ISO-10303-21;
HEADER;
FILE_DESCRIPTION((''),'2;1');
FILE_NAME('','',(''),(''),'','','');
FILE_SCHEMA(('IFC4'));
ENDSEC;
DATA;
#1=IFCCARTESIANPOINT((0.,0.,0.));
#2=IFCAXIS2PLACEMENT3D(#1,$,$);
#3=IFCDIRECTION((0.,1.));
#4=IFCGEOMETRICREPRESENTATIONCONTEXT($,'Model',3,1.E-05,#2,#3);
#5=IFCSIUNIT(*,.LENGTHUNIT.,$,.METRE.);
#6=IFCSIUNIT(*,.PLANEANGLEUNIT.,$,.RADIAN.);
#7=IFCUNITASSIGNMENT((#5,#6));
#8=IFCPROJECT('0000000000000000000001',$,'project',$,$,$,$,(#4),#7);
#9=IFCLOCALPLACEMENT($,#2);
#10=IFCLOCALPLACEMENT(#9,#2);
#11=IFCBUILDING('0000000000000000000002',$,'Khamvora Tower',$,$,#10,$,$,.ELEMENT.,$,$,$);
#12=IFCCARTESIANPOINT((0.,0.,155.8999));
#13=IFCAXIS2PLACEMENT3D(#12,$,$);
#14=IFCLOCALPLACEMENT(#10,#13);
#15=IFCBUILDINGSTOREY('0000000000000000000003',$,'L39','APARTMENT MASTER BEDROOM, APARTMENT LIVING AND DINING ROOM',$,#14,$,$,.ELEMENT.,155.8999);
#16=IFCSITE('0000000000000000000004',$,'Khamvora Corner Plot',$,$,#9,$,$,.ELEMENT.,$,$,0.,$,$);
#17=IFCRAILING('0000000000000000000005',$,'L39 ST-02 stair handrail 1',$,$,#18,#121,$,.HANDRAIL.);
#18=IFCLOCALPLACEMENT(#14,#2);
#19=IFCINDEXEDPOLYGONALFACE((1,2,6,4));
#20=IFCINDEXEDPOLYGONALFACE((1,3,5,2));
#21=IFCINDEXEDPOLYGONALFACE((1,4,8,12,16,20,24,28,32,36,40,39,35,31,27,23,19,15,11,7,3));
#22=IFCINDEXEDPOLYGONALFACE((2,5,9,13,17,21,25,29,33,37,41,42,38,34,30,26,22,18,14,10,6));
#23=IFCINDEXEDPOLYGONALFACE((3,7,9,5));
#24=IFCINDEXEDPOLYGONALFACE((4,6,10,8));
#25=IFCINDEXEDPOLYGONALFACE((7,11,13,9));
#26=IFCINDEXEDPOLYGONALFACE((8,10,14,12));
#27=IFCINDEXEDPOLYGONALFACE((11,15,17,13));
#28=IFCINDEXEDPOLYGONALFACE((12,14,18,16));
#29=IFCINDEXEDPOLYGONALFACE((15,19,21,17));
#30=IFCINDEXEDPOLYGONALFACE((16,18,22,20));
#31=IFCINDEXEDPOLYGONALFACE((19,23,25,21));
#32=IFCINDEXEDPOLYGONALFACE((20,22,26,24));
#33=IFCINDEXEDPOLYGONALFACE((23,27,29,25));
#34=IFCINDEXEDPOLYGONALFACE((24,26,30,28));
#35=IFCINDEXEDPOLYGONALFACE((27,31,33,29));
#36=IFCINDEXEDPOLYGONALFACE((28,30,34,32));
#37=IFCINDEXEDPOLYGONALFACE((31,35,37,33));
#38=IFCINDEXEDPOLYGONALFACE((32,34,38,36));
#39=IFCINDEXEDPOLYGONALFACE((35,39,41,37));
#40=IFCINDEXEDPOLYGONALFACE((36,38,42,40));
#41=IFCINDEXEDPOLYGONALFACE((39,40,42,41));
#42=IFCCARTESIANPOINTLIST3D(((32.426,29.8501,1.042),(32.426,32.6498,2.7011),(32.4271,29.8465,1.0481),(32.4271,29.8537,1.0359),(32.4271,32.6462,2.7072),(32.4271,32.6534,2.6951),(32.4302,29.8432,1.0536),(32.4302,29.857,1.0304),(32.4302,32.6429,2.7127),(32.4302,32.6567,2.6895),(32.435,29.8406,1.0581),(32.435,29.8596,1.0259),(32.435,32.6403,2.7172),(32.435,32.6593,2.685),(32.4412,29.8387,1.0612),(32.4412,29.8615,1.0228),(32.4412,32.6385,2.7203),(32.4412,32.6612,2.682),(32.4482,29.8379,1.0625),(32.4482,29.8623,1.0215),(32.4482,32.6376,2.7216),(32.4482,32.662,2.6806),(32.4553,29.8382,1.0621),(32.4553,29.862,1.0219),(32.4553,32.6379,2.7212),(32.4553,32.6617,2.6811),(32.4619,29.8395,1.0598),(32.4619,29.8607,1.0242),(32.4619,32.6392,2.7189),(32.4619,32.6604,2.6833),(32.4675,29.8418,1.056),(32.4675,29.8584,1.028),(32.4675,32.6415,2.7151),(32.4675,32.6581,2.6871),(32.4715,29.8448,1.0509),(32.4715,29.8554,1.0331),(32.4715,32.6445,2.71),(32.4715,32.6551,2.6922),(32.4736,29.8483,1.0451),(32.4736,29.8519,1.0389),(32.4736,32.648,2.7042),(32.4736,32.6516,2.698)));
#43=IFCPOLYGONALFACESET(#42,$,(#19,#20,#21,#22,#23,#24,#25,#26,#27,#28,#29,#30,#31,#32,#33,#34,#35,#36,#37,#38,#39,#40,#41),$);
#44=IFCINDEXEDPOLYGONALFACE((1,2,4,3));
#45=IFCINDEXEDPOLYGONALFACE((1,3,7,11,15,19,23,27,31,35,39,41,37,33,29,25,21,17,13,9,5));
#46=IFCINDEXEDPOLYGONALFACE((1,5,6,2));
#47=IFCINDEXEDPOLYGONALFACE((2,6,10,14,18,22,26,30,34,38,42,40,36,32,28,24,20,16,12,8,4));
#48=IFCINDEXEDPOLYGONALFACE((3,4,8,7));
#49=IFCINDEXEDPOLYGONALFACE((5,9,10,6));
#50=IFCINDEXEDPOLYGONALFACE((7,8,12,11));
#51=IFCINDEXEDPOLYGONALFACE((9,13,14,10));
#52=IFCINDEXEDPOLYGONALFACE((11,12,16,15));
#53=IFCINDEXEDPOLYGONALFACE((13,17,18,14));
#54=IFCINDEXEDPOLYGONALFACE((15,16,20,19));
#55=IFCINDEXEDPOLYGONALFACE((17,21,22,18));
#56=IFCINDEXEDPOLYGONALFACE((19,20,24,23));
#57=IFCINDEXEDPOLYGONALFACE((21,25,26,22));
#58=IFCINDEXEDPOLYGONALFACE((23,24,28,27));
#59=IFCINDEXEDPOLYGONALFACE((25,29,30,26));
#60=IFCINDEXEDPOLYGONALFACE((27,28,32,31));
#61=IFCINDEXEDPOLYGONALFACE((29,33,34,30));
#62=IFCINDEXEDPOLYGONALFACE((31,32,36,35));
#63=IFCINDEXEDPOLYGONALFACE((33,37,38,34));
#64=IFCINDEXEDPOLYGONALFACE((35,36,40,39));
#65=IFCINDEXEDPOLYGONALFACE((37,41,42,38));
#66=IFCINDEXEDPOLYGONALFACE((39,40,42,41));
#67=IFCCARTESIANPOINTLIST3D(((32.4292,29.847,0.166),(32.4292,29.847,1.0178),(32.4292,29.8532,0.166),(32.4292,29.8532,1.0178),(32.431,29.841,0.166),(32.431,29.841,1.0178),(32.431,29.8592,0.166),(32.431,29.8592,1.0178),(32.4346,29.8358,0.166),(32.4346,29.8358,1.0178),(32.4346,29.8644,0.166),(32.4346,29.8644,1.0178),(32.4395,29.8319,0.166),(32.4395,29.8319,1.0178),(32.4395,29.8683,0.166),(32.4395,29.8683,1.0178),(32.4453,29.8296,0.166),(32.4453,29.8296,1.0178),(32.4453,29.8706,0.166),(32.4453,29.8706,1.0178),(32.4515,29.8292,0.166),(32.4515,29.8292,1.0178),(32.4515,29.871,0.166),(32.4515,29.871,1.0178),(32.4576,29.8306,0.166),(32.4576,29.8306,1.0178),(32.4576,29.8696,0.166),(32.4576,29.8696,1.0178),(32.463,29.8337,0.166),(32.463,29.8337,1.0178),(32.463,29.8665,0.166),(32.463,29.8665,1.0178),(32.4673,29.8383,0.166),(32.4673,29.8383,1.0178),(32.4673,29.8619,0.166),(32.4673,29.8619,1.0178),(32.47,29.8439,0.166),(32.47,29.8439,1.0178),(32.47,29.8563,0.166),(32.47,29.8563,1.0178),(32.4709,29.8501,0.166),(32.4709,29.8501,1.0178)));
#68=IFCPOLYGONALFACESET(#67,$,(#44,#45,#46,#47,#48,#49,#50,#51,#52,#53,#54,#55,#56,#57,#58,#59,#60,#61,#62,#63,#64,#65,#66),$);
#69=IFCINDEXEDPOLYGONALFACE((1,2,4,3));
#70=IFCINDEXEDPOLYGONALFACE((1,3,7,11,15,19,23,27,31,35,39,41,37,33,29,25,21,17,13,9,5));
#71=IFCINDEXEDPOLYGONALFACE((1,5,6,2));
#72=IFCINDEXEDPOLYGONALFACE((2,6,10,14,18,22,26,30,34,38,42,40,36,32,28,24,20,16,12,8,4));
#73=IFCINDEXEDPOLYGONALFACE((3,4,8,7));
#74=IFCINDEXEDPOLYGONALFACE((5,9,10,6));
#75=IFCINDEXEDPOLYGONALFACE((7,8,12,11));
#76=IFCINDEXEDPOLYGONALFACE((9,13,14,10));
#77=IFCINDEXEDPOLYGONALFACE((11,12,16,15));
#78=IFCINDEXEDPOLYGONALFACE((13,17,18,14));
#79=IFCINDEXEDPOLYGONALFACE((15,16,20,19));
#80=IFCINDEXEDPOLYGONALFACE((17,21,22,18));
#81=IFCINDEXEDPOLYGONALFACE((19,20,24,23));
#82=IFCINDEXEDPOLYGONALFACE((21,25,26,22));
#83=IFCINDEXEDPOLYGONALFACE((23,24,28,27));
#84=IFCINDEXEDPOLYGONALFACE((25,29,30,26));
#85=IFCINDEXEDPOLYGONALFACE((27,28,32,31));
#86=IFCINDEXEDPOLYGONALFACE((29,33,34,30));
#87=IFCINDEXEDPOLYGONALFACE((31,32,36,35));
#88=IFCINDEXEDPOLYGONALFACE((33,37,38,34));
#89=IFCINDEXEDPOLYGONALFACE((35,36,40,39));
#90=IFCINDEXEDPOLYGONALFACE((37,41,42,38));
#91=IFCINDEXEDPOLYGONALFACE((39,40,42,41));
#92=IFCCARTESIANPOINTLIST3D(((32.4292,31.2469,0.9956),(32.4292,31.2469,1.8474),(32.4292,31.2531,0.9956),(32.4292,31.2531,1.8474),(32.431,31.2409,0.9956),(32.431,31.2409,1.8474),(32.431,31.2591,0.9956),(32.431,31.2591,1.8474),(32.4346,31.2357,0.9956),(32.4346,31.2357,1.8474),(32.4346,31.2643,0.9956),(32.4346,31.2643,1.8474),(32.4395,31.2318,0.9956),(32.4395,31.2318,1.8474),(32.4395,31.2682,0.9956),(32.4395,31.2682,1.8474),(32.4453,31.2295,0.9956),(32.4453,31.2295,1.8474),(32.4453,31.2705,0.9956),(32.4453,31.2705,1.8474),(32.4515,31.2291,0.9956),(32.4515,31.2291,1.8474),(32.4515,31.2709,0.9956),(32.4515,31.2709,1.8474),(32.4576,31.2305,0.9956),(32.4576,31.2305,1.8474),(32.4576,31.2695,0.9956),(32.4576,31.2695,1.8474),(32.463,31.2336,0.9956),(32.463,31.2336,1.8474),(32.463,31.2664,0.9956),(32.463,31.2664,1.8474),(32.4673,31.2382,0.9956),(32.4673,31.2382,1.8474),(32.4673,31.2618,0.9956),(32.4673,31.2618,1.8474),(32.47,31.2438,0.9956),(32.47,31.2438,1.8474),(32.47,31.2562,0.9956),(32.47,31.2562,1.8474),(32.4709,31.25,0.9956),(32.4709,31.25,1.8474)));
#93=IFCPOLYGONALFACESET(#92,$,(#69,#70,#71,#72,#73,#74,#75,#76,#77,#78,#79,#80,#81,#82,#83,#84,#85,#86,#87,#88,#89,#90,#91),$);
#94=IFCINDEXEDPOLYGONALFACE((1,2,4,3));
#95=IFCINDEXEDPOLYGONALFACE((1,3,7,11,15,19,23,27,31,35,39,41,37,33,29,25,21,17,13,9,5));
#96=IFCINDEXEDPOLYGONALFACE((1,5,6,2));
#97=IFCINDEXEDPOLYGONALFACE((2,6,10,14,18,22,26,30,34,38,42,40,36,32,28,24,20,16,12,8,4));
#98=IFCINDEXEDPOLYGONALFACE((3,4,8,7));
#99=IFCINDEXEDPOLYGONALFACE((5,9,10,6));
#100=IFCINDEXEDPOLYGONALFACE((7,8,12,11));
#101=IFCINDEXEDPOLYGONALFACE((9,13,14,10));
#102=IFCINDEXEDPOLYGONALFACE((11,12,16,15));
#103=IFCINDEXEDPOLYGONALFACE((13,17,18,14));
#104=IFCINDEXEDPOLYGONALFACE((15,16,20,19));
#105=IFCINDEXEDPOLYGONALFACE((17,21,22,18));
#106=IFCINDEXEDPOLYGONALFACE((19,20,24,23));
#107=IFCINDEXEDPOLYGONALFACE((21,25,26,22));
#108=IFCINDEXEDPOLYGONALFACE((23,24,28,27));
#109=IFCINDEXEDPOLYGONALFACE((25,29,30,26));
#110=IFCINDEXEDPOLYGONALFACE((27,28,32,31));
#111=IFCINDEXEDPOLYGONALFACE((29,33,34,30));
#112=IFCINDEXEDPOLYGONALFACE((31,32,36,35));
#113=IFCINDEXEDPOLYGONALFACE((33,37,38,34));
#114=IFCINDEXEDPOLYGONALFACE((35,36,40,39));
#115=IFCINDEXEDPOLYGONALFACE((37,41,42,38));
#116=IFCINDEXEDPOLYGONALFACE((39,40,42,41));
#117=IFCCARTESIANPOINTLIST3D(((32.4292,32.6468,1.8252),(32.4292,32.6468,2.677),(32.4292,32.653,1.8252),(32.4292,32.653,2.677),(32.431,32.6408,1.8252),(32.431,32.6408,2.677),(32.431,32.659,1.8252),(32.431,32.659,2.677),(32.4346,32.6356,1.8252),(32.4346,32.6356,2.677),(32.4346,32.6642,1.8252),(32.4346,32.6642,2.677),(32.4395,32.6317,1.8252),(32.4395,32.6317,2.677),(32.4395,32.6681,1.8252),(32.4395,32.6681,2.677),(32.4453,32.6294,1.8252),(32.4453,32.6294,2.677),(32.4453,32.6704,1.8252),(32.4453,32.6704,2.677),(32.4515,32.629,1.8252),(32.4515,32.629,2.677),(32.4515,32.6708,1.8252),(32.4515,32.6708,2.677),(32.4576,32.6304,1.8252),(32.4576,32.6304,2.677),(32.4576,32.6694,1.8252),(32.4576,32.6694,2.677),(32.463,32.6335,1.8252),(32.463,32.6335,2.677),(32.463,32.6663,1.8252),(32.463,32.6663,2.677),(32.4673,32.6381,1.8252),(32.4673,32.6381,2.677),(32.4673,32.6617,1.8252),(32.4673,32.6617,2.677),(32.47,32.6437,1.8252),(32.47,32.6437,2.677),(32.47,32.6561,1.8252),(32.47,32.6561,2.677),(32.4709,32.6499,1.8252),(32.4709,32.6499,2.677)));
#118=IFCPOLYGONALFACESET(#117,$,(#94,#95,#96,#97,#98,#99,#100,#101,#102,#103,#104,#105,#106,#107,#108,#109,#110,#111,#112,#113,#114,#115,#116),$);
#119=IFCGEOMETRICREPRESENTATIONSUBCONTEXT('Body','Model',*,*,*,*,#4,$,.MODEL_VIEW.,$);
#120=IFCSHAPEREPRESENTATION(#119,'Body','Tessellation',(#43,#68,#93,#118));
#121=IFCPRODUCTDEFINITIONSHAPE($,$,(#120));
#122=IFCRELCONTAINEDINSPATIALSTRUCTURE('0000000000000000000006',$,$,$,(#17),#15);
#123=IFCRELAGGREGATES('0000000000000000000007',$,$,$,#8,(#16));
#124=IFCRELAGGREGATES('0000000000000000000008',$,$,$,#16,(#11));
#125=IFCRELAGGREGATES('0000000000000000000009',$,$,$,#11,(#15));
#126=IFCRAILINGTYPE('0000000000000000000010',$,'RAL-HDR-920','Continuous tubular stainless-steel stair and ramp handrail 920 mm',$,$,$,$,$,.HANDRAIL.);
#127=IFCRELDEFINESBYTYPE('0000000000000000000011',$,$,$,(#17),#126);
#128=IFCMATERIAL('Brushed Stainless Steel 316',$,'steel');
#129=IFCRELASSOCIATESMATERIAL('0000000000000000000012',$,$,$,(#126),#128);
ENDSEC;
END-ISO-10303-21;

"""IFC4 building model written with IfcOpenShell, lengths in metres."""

from ifc_helpers import new_model, si_unit, direction, frame, origin, origin_2d, place, context, subcontext, project, spatial, circle, extrude, material, type_object, element, save


model = new_model("IFC4")

# Units and contexts
model_context = context("Model", 3, precision=1e-05, world=origin(), true_north=direction((0.0, 1.0)))
body_context = subcontext(model_context, "Body", "Model", "MODEL_VIEW")
ifc_project = project(units=[si_unit("LENGTHUNIT", "METRE"), si_unit("PLANEANGLEUNIT", "RADIAN")], contexts=[model_context])

# Site, building, storey
site_placement = place(None, origin())
site = spatial("IfcSite", under=ifc_project, at=site_placement, Name="Khamvora Corner Plot", CompositionType="ELEMENT", RefElevation=0.0)
building_placement = place(site_placement, origin())
building = spatial("IfcBuilding", under=site, at=building_placement, Name="Khamvora Tower", CompositionType="ELEMENT")
storey_placement = place(building_placement, frame((0.0, 0.0, 155.8999)))
storey = spatial("IfcBuildingStorey", under=building, at=storey_placement, Name="L39", Description="APARTMENT MASTER BEDROOM, APARTMENT LIVING AND DINING ROOM", CompositionType="ELEMENT", Elevation=155.8999)

# Railing
ifc_material_1 = material(Name="Brushed Stainless Steel 316", Category="steel")
railing_type_1 = type_object("IfcRailingType", Name="RAL-HDR-920", Description="Continuous tubular stainless-steel stair and ramp handrail 920 mm", PredefinedType="HANDRAIL", material=ifc_material_1)
railing_1_placement = place(storey_placement, frame((32.45, 29.8501, 0.166)))
element("IfcRailing", 1, at=railing_1_placement, inside=storey, type_object=railing_type_1, Name="L39 ST-02 stair handrail 1", PredefinedType="HANDRAIL", context=body_context, shape_type="SweptSolid", body=[
    extrude(circle(Radius=0.0239, at=origin_2d()), frame((0.0, 0.0, 0.876), z_axis=(0.0, 0.860287, 0.509811), x_axis=(-1.0, 0.0, 0.0)), (0.0, 0.0, 1.0), 3.2544),
    extrude(circle(Radius=0.021, at=origin_2d()), origin(), (0.0, 0.0, 1.0), 0.8518),
    extrude(circle(Radius=0.021, at=origin_2d()), frame((0.0, 1.3999, 0.8296)), (0.0, 0.0, 1.0), 0.8518),
    extrude(circle(Radius=0.021, at=origin_2d()), frame((0.0, 2.7998, 1.6592)), (0.0, 0.0, 1.0), 0.8518),
])

save(model, "model.ifc")
